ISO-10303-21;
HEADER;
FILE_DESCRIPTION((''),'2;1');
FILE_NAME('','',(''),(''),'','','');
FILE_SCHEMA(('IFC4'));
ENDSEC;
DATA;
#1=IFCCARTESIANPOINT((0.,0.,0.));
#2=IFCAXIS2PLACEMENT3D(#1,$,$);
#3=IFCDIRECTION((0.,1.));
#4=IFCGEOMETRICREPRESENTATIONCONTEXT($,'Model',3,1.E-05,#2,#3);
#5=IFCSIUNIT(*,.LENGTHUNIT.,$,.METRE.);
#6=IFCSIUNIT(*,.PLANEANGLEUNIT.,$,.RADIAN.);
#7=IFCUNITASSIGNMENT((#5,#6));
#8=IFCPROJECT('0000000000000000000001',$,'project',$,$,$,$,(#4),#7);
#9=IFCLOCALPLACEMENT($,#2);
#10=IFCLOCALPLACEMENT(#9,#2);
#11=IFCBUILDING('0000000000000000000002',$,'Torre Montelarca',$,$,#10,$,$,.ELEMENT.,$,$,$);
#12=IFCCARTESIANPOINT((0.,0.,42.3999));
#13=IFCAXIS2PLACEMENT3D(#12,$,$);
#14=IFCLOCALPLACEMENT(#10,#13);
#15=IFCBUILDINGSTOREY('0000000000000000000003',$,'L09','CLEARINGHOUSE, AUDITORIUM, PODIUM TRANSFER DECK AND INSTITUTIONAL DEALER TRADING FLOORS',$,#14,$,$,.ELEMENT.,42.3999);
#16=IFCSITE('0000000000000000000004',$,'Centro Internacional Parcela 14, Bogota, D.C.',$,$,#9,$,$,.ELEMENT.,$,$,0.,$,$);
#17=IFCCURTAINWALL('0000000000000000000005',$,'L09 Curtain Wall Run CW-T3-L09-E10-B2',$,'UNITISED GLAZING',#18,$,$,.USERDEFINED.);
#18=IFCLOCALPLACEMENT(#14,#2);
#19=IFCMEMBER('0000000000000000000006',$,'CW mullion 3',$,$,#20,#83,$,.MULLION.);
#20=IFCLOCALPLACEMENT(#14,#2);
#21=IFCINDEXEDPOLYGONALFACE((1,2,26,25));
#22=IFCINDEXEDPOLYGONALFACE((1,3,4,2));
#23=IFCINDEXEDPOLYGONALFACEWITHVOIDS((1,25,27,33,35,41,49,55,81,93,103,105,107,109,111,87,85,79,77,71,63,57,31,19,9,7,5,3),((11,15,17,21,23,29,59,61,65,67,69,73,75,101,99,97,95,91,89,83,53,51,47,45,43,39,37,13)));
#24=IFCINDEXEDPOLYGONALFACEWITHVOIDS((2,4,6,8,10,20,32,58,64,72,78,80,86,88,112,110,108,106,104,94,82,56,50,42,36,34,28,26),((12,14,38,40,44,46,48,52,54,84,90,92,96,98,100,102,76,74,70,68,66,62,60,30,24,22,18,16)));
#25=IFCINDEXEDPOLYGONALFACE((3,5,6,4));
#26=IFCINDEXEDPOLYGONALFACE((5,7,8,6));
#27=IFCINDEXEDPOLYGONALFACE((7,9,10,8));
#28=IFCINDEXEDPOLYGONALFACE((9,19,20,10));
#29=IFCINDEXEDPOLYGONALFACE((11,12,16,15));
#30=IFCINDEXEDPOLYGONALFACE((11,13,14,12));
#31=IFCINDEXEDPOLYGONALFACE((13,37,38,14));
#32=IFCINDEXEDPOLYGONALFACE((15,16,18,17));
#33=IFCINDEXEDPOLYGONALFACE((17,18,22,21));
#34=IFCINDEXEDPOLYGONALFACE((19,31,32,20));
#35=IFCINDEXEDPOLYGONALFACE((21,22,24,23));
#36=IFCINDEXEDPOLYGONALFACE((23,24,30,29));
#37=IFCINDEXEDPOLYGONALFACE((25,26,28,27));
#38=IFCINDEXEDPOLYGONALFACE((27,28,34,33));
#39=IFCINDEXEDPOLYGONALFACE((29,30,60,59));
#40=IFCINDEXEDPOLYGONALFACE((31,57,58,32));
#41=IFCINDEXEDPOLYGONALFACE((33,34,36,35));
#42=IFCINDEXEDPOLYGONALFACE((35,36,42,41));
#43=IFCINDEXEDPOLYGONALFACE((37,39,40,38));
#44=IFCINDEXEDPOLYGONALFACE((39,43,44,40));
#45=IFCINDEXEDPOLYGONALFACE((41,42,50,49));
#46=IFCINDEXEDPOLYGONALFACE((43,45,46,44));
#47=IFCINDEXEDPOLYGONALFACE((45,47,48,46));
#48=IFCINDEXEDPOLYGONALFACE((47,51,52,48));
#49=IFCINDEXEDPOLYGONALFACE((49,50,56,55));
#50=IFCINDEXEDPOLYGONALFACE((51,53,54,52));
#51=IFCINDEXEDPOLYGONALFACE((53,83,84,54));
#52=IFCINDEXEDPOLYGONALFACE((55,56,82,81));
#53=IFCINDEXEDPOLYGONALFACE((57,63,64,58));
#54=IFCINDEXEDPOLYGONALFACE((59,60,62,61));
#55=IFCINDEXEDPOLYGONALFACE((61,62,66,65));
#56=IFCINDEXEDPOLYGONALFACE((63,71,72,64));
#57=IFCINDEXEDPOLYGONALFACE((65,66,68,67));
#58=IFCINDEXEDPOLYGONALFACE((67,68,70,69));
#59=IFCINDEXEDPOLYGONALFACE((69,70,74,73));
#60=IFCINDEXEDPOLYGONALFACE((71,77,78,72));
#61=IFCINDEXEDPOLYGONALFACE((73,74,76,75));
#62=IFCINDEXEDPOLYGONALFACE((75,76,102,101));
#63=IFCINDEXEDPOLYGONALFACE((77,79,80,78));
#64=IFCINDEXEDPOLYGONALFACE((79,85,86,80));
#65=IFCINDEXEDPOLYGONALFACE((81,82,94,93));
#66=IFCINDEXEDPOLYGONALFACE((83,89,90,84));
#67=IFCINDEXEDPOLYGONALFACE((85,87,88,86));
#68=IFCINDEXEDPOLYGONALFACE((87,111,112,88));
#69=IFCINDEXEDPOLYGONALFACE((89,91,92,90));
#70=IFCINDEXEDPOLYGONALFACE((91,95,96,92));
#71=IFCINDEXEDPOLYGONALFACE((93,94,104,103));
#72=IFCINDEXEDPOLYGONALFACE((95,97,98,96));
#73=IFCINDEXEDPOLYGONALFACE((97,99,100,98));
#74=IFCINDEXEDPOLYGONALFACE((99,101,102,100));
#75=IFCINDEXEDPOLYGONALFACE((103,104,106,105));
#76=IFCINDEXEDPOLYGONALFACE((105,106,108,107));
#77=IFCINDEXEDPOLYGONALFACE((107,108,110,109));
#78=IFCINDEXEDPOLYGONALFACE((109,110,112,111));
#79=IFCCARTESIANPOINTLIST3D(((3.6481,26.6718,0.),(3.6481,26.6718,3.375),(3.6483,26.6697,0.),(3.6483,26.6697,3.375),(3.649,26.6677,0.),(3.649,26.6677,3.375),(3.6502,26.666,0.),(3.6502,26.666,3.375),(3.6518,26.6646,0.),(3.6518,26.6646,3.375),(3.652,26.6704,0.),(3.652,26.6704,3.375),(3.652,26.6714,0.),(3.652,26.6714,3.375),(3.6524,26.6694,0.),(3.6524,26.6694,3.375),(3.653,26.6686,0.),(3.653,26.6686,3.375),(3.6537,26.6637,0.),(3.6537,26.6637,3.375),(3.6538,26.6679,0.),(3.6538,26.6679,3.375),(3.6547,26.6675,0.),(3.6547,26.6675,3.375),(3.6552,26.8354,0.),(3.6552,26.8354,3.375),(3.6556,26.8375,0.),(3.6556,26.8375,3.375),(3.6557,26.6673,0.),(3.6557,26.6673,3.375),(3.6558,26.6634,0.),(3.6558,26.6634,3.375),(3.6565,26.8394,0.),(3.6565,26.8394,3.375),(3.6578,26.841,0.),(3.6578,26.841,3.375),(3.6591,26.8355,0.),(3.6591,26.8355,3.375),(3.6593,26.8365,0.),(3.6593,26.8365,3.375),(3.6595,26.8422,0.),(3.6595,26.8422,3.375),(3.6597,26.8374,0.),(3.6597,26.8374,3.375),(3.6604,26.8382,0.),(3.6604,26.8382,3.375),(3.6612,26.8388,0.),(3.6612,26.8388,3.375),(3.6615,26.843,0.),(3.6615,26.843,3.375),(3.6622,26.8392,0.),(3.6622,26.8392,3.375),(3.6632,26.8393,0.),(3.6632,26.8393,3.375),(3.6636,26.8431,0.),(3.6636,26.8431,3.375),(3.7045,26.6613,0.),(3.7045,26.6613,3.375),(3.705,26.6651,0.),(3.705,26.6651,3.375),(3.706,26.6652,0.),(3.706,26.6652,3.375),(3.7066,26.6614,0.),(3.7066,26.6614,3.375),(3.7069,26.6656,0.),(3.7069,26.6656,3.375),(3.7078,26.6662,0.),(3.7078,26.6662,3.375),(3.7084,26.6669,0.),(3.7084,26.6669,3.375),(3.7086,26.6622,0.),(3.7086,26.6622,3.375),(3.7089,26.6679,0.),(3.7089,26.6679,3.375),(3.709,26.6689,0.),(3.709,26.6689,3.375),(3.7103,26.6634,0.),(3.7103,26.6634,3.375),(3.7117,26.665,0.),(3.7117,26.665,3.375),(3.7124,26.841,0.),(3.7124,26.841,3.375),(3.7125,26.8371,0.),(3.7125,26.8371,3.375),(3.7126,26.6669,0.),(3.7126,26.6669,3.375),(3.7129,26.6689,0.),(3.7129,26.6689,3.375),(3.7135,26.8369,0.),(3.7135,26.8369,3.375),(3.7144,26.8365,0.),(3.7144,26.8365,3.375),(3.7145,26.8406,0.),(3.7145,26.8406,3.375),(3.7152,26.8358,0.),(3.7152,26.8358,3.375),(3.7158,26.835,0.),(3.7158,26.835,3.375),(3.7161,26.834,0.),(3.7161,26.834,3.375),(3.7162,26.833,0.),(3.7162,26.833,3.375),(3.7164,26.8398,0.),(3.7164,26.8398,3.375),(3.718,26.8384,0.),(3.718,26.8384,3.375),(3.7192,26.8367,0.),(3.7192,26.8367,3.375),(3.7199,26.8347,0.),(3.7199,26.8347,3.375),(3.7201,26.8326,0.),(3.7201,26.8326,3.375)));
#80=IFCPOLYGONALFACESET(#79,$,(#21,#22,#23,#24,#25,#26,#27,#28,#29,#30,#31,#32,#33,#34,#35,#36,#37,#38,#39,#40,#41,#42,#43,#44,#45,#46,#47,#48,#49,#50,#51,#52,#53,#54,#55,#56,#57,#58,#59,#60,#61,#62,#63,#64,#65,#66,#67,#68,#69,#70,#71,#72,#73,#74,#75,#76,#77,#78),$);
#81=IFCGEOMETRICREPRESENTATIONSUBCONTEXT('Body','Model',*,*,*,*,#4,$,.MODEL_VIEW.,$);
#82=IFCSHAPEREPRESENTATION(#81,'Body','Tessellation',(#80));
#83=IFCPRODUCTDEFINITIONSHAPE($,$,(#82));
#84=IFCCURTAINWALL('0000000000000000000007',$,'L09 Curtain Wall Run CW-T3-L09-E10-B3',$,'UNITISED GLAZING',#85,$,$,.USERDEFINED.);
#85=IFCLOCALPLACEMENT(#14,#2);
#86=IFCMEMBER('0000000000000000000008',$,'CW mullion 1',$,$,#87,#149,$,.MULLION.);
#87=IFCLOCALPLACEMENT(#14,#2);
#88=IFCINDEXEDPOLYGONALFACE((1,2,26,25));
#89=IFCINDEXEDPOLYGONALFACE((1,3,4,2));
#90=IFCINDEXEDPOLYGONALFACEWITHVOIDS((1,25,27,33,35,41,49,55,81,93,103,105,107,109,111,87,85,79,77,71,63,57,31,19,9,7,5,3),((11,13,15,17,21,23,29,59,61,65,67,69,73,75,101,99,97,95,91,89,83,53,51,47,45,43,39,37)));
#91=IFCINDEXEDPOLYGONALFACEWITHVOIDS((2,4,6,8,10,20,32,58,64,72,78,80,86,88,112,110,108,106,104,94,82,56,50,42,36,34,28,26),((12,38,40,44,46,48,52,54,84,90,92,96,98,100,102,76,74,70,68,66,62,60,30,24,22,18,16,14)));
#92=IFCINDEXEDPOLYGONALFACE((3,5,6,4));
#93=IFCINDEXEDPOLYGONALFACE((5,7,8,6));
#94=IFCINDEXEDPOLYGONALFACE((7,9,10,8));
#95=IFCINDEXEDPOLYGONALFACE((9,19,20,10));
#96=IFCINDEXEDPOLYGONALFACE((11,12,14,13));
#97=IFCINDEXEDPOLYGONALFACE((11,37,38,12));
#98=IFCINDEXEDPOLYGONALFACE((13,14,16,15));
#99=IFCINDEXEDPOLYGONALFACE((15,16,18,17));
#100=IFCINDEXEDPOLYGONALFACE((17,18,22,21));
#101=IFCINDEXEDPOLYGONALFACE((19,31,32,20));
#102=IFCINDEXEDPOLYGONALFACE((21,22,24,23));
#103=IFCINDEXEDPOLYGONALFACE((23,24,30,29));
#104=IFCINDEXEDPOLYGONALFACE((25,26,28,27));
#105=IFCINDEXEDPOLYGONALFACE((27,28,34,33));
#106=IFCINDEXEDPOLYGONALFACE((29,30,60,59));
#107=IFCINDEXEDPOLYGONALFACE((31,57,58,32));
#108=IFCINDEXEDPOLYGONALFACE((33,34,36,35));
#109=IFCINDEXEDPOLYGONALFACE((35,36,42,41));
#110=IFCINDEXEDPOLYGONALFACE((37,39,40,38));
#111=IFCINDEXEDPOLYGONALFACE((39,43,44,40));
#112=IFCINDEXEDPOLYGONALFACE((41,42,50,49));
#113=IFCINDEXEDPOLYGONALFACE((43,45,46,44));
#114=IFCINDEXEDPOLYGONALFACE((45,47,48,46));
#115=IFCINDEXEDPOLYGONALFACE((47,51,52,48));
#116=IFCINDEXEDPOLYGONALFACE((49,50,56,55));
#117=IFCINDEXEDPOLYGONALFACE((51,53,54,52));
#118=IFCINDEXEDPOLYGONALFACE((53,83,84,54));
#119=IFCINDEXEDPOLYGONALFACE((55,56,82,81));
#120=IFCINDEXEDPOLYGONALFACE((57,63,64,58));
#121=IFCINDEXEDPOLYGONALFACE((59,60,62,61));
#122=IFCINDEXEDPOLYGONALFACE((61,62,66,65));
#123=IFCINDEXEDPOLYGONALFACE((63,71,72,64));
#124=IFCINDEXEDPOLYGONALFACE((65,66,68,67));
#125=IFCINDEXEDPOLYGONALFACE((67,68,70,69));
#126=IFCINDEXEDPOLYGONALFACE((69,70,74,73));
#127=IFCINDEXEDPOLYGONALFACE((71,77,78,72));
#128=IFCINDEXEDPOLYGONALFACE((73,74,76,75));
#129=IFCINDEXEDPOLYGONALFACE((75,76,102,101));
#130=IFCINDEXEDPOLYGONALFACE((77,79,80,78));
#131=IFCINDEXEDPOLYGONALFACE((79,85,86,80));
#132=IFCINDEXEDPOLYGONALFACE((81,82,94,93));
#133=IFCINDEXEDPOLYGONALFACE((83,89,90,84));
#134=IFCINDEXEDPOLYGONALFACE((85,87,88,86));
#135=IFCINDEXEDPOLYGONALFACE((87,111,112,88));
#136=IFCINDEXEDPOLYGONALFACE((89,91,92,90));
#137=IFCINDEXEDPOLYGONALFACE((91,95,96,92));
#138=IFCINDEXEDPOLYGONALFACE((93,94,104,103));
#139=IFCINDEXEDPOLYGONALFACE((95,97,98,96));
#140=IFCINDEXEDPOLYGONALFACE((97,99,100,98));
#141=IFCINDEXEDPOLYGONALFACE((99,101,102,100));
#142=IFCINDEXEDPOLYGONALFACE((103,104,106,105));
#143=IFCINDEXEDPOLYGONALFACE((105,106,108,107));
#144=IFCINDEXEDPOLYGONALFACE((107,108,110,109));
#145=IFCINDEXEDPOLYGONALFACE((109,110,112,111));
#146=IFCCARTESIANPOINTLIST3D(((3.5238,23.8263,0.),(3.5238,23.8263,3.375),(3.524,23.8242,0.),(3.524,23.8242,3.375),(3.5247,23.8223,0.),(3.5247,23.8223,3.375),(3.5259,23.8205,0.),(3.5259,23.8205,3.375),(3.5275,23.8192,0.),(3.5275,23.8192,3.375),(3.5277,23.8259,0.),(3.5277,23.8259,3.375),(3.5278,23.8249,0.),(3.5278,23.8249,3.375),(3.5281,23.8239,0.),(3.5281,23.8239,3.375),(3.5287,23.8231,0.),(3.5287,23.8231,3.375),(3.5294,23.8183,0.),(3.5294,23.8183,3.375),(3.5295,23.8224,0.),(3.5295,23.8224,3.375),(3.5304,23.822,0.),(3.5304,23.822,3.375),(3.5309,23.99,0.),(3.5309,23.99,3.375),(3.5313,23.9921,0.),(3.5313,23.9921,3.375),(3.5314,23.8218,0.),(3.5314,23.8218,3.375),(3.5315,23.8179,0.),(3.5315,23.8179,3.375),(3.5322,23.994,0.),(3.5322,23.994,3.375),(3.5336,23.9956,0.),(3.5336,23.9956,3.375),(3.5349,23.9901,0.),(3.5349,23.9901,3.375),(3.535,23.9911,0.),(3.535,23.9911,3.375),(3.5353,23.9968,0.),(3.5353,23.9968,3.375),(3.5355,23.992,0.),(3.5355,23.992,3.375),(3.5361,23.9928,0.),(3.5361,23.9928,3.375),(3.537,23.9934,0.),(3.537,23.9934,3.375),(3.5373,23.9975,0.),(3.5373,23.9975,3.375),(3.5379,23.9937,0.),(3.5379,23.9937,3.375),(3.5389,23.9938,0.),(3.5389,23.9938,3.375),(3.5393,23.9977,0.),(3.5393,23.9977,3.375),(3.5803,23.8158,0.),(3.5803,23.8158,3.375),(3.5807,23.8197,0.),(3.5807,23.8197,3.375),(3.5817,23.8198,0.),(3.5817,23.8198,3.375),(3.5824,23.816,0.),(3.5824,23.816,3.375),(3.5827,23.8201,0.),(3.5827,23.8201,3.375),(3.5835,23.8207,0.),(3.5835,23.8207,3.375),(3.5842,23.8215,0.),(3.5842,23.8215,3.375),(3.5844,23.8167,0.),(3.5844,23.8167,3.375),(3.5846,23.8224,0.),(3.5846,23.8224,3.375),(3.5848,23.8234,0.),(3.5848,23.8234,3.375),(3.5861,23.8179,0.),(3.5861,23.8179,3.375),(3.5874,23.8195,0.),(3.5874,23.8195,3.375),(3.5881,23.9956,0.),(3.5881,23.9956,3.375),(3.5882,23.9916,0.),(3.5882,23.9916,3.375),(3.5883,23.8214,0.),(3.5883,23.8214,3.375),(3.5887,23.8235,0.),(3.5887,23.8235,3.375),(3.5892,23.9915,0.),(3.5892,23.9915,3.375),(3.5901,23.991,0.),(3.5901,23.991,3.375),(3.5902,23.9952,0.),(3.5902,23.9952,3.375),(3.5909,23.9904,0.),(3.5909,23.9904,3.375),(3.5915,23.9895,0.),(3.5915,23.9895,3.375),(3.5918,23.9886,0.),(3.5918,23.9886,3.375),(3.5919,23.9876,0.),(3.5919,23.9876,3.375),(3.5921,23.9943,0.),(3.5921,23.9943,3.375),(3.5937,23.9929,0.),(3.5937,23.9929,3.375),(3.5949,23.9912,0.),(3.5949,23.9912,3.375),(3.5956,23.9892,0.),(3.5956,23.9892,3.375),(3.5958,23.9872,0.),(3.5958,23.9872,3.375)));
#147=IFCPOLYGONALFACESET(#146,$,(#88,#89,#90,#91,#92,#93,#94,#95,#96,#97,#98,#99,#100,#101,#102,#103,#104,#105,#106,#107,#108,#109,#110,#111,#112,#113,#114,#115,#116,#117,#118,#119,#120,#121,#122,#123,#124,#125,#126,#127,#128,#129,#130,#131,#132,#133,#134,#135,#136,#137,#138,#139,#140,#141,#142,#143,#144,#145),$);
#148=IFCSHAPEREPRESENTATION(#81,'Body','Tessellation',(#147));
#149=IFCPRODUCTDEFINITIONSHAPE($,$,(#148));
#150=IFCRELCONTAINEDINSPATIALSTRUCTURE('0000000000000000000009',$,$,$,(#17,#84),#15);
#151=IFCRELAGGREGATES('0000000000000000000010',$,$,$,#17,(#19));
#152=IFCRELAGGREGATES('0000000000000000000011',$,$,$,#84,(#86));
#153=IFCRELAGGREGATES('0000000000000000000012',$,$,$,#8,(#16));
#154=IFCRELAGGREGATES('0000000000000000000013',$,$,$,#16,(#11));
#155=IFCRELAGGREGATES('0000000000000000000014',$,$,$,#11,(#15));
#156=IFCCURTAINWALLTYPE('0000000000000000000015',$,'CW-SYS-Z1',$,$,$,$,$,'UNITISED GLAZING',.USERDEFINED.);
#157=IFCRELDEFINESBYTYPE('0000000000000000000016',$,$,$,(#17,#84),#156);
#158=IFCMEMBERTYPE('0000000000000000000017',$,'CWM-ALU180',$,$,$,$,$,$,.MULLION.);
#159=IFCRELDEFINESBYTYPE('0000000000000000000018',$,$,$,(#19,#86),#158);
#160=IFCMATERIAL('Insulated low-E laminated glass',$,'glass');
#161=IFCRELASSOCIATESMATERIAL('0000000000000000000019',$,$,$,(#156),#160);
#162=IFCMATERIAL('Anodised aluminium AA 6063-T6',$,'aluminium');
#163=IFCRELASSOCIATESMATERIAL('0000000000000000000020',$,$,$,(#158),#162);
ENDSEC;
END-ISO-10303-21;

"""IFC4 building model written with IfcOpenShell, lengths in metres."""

from ifc_helpers import new_model, si_unit, direction, frame, origin, origin_2d, place, context, subcontext, project, spatial, hollow_rectangle, extrude, source, transform, mapped, material, material_profile, profile_set, type_object, element, aggregate, save


model = new_model("IFC4")

# Units and contexts
model_context = context("Model", 3, precision=1e-05, world=origin(), true_north=direction((0.0, 1.0)))
body_context = subcontext(model_context, "Body", "Model", "MODEL_VIEW")
ifc_project = project(units=[si_unit("LENGTHUNIT", "METRE"), si_unit("PLANEANGLEUNIT", "RADIAN")], contexts=[model_context])

# Site, building, storey
site_placement = place(None, origin())
site = spatial("IfcSite", under=ifc_project, at=site_placement, Name="Centro Internacional Parcela 14, Bogota, D.C.", CompositionType="ELEMENT", RefElevation=0.0)
building_placement = place(site_placement, origin())
building = spatial("IfcBuilding", under=site, at=building_placement, Name="Torre Montelarca", CompositionType="ELEMENT")
storey_placement = place(building_placement, frame((0.0, 0.0, 42.3999)))
storey = spatial("IfcBuildingStorey", under=building, at=storey_placement, Name="L09", Description="CLEARINGHOUSE, AUDITORIUM, PODIUM TRANSFER DECK AND INSTITUTIONAL DEALER TRADING FLOORS", CompositionType="ELEMENT", Elevation=42.3999)

# Curtain wall, member
ifc_material_1 = material(Name="Insulated low-E laminated glass", Category="glass")
curtain_wall_type = type_object("IfcCurtainWallType", Name="CW-SYS-Z1", ElementType="UNITISED GLAZING", PredefinedType="USERDEFINED", material=ifc_material_1)
ifc_material_2 = material(Name="Anodised aluminium AA 6063-T6", Category="aluminium")
ifc_material_profile_1 = material_profile(ifc_material_2, hollow_rectangle(XDim=0.0649, YDim=0.1799, WallThickness=0.0039, InnerFilletRadius=0.0039, OuterFilletRadius=0.0081, at=origin_2d()), Name="ALU65X180X4", Category="aluminium")
ifc_profile_set_1 = profile_set([ifc_material_profile_1], Name="Anodised aluminium AA 6063-T6")
member_type_1 = type_object("IfcMemberType", Name="CWM-ALU180", PredefinedType="MULLION", material=ifc_profile_set_1)
curtain_wall_1_placement = place(storey_placement, origin())
curtain_wall_1 = element("IfcCurtainWall", 1, at=curtain_wall_1_placement, inside=storey, type_object=curtain_wall_type, Name="L09 Curtain Wall Run CW-T3-L09-E10-B2", ObjectType="UNITISED GLAZING", PredefinedType="USERDEFINED")
shared_shape_1 = source(origin(), body_context, "Body", "SweptSolid", [
    extrude(hollow_rectangle(XDim=0.0649, YDim=0.1799, WallThickness=0.0039, InnerFilletRadius=0.0039, OuterFilletRadius=0.0081, at=origin_2d()), origin(), (0.0, 0.0, 1.0), 3.375),
])
member_1_placement = place(storey_placement, frame((3.6841, 26.7522, 0.0), z_axis=(0.0, 0.0, 1.0), x_axis=(0.999048, -0.043629, 0.0)))
member_1 = element("IfcMember", 2, at=member_1_placement, type_object=member_type_1, Name="CW mullion 3", PredefinedType="MULLION", context=body_context, shape_type="MappedRepresentation", body=[
    mapped(shared_shape_1, transform((0.0, 0.0, 0.0), scale=1.0)),
])
aggregate(curtain_wall_1, [member_1])

# Curtain wall, member
curtain_wall_2_placement = place(storey_placement, origin())
curtain_wall_2 = element("IfcCurtainWall", 3, at=curtain_wall_2_placement, inside=storey, type_object=curtain_wall_type, Name="L09 Curtain Wall Run CW-T3-L09-E10-B3", ObjectType="UNITISED GLAZING", PredefinedType="USERDEFINED")
member_2_placement = place(storey_placement, frame((3.5598, 23.9067, 0.0), z_axis=(0.0, 0.0, 1.0), x_axis=(0.999049, -0.043608, 0.0)))
member_2 = element("IfcMember", 4, at=member_2_placement, type_object=member_type_1, Name="CW mullion 1", PredefinedType="MULLION", context=body_context, shape_type="MappedRepresentation", body=[
    mapped(shared_shape_1, transform((0.0, 0.0, 0.0), scale=1.0)),
])

aggregate(curtain_wall_2, [member_2])

save(model, "model.ifc")
